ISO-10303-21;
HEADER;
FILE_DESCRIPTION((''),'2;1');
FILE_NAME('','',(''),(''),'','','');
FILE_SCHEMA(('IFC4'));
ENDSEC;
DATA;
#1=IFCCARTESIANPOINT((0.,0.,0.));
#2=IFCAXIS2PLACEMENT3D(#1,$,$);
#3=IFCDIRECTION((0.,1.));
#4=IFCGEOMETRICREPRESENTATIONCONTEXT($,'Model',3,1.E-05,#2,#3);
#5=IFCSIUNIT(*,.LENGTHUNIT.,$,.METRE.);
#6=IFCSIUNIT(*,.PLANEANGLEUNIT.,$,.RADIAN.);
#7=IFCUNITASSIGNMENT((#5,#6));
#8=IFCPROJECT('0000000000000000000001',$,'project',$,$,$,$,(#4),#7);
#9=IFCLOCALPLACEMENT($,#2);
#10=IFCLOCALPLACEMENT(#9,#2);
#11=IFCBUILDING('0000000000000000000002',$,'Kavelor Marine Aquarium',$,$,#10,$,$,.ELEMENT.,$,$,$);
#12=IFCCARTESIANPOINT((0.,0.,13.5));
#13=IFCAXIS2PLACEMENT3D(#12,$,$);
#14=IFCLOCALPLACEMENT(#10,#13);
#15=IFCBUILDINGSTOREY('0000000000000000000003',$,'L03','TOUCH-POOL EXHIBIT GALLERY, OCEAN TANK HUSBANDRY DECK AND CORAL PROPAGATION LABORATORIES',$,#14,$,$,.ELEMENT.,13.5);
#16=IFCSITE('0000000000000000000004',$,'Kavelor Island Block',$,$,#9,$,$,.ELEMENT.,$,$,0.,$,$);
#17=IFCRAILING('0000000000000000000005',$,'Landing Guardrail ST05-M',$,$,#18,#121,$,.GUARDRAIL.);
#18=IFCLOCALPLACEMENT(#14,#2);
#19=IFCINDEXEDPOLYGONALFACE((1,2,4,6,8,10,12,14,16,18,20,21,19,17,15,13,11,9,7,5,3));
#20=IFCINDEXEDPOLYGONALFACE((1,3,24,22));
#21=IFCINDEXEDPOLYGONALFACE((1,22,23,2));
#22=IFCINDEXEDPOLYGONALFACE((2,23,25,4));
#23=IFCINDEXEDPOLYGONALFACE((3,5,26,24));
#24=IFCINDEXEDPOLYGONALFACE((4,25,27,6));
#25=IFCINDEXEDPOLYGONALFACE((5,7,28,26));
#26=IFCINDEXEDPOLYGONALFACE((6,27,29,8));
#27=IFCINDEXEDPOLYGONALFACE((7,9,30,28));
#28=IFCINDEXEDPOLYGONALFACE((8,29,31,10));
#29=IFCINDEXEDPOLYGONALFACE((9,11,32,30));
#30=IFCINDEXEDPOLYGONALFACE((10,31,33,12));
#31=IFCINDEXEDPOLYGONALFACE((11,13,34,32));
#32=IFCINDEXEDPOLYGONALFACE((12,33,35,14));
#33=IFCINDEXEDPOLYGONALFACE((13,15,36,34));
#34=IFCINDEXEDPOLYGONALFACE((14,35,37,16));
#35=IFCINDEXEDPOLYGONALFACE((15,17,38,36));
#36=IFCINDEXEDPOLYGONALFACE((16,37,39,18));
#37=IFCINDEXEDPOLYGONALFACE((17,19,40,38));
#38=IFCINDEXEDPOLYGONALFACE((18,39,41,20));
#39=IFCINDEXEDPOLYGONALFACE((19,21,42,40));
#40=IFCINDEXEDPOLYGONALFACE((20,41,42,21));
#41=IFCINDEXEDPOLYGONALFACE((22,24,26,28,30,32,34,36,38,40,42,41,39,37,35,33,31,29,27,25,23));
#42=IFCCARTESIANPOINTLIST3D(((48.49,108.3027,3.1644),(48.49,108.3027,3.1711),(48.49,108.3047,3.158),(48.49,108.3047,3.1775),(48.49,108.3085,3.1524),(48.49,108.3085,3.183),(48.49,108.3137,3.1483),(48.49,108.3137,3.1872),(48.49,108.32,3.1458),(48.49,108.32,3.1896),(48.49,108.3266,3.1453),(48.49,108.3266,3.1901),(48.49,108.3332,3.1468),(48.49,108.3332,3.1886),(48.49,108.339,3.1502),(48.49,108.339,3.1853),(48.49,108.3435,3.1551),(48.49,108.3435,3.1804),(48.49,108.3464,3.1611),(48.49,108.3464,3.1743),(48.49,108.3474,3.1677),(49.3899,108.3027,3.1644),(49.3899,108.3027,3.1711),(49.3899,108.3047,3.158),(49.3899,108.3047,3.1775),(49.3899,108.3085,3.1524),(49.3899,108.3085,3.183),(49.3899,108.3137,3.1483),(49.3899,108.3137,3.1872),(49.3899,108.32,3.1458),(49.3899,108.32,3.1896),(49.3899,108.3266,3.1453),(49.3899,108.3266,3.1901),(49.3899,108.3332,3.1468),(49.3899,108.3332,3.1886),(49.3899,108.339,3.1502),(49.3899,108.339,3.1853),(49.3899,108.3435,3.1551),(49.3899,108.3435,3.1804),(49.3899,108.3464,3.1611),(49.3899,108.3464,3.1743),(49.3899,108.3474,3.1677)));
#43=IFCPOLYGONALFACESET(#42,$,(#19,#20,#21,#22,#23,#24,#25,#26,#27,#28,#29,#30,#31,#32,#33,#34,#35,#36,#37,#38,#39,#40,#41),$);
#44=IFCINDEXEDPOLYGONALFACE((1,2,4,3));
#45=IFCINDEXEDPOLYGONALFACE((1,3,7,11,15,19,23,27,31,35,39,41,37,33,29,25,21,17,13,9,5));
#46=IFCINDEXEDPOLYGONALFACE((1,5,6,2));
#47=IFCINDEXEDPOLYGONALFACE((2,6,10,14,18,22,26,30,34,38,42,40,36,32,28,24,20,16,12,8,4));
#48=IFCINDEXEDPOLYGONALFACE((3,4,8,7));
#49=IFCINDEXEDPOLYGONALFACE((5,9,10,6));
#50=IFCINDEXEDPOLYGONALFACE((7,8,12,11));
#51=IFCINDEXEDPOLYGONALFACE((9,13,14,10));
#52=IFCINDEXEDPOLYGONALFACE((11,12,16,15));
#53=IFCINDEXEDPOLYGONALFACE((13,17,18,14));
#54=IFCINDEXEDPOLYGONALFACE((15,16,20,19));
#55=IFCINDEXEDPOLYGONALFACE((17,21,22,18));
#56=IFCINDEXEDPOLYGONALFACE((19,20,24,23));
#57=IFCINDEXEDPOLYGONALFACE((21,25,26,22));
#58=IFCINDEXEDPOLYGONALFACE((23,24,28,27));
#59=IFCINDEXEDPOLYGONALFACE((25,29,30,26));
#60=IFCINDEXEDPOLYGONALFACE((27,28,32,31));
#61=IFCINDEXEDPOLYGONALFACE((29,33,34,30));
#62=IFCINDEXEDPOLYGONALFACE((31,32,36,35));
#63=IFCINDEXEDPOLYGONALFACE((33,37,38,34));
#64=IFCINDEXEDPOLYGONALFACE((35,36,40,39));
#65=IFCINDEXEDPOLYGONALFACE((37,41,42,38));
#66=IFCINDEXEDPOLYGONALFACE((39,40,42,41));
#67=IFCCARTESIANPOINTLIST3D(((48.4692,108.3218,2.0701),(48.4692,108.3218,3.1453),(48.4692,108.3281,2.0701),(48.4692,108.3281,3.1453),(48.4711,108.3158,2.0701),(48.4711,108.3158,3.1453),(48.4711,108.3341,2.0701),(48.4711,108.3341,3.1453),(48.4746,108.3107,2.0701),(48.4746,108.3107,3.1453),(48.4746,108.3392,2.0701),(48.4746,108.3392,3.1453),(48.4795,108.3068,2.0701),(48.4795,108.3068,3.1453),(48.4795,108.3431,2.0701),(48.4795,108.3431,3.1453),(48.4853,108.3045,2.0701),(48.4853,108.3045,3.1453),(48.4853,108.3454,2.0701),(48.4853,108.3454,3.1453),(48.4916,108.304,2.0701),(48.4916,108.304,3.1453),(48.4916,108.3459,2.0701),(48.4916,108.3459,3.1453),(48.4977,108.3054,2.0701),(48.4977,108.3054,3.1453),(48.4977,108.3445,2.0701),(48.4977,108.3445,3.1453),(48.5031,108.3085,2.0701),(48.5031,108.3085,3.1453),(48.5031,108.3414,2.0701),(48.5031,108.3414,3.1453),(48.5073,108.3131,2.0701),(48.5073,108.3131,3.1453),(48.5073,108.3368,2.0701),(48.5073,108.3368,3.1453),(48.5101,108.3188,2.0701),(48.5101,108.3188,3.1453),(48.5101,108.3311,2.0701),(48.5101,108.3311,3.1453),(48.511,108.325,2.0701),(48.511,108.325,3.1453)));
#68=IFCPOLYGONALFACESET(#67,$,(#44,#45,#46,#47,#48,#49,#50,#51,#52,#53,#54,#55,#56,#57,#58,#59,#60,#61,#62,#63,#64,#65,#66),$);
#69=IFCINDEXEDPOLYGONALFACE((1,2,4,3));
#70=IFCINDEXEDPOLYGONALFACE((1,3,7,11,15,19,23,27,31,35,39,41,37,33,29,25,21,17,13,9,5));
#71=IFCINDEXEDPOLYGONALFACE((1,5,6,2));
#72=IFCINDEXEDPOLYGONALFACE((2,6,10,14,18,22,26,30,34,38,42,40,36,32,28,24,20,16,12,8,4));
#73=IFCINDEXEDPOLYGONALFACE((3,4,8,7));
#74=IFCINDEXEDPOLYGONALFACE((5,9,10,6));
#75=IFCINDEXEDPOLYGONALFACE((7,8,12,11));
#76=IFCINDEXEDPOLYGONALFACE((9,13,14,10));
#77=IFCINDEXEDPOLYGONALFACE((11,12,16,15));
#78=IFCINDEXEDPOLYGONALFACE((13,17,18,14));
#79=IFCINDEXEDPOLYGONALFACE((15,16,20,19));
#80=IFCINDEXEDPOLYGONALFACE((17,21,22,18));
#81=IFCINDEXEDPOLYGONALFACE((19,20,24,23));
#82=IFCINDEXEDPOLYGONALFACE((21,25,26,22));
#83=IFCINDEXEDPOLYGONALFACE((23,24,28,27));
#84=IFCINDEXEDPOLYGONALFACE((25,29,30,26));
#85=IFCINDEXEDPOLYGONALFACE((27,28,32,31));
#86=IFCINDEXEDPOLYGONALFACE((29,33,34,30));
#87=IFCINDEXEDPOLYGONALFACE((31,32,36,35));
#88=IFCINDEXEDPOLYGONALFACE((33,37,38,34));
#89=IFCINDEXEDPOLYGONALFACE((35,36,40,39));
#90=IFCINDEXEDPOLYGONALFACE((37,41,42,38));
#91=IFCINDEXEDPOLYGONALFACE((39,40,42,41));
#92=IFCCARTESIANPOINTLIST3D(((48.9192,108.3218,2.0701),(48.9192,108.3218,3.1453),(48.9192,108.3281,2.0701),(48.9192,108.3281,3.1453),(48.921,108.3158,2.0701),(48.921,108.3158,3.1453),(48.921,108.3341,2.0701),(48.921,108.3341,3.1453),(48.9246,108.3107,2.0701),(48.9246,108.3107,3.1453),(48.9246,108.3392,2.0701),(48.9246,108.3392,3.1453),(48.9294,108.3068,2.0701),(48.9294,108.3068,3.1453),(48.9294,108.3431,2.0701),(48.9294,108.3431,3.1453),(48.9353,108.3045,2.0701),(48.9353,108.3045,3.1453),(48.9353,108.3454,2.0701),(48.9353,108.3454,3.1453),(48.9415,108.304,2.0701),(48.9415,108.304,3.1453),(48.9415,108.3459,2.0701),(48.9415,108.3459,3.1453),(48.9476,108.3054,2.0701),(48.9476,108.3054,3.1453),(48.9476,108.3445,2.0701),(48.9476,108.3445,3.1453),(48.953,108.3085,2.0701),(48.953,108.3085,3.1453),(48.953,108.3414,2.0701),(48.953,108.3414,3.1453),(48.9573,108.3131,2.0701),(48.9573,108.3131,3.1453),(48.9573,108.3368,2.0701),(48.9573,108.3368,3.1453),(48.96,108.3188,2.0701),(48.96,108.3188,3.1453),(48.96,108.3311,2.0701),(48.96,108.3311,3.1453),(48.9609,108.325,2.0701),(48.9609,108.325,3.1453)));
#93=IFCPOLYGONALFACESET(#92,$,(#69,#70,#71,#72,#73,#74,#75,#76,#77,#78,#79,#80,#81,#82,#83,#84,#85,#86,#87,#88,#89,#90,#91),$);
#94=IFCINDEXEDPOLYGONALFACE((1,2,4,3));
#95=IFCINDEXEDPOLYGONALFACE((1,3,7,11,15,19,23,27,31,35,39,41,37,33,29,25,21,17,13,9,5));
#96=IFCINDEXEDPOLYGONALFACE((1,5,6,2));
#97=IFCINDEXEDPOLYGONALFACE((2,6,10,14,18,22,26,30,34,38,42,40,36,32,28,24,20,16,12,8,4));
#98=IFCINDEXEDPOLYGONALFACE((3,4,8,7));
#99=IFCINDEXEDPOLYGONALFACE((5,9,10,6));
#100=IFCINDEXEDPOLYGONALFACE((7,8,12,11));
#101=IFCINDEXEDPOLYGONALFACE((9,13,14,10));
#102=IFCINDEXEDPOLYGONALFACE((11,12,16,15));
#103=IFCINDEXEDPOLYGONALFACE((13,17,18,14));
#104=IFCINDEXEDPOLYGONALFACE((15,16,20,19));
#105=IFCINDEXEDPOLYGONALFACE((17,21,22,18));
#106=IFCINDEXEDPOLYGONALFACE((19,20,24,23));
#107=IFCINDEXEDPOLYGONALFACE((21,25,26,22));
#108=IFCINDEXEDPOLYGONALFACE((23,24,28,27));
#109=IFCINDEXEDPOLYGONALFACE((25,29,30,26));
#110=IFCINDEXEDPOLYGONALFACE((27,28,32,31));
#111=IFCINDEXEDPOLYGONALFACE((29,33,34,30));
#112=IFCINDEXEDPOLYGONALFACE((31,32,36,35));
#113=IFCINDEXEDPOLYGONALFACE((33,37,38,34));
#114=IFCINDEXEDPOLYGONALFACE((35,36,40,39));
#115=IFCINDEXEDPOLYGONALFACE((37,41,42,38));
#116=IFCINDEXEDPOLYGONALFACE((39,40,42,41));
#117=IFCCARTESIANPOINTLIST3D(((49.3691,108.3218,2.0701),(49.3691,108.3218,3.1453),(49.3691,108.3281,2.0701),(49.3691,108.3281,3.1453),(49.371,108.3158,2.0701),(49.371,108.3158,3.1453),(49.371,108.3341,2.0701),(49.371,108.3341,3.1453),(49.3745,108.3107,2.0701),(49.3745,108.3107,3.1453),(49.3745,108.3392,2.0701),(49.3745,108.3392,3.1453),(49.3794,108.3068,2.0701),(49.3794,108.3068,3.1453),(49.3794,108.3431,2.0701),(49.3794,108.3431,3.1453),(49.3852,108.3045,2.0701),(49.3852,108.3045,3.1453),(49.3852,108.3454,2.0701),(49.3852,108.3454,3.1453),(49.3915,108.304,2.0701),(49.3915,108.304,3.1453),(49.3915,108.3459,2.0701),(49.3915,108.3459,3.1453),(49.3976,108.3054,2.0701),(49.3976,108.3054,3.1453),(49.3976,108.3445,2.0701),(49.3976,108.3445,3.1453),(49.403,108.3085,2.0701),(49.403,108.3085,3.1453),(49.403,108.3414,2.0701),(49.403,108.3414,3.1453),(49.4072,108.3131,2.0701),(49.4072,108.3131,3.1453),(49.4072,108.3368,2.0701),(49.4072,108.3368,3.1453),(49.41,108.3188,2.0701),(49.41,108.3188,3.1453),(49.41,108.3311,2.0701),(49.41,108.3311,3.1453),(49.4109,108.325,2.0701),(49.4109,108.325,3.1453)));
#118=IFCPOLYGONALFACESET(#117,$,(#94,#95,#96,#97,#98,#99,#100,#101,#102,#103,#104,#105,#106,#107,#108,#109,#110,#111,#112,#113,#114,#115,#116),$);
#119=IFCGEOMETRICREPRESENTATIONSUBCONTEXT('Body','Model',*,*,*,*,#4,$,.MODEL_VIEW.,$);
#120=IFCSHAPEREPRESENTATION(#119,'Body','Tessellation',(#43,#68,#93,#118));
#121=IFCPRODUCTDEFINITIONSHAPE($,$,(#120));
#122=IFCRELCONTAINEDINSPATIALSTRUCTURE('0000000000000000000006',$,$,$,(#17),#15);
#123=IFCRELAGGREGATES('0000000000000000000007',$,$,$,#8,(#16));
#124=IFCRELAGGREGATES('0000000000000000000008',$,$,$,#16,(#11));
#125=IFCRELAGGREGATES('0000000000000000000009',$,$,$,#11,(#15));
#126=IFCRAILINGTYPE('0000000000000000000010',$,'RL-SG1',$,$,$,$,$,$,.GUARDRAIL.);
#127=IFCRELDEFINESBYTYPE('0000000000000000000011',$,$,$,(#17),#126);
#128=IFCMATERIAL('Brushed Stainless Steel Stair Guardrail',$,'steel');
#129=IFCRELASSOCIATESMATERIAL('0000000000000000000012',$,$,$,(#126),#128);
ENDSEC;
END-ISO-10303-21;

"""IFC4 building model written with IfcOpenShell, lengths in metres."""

from ifc_helpers import new_model, si_unit, direction, frame, origin, origin_2d, place, context, subcontext, project, spatial, circle, extrude, material, type_object, element, save


model = new_model("IFC4")

# Units and contexts
model_context = context("Model", 3, precision=1e-05, world=origin(), true_north=direction((0.0, 1.0)))
body_context = subcontext(model_context, "Body", "Model", "MODEL_VIEW")
ifc_project = project(units=[si_unit("LENGTHUNIT", "METRE"), si_unit("PLANEANGLEUNIT", "RADIAN")], contexts=[model_context])

# Site, building, storey
site_placement = place(None, origin())
site = spatial("IfcSite", under=ifc_project, at=site_placement, Name="Kavelor Island Block", CompositionType="ELEMENT", RefElevation=0.0)
building_placement = place(site_placement, origin())
building = spatial("IfcBuilding", under=site, at=building_placement, Name="Kavelor Marine Aquarium", CompositionType="ELEMENT")
storey_placement = place(building_placement, frame((0.0, 0.0, 13.5)))
storey = spatial("IfcBuildingStorey", under=building, at=storey_placement, Name="L03", Description="TOUCH-POOL EXHIBIT GALLERY, OCEAN TANK HUSBANDRY DECK AND CORAL PROPAGATION LABORATORIES", CompositionType="ELEMENT", Elevation=13.5)

# Railing
ifc_material_1 = material(Name="Brushed Stainless Steel Stair Guardrail", Category="steel")
railing_type_1 = type_object("IfcRailingType", Name="RL-SG1", PredefinedType="GUARDRAIL", material=ifc_material_1)
railing_1_placement = place(storey_placement, frame((48.49, 108.325, 2.0701)))
element("IfcRailing", 1, at=railing_1_placement, inside=storey, type_object=railing_type_1, Name="Landing Guardrail ST05-M", PredefinedType="GUARDRAIL", context=body_context, shape_type="SweptSolid", body=[
    extrude(circle(Radius=0.0225, at=origin_2d()), frame((0.0, 0.0, 1.0977), z_axis=(1.0, 0.0, 0.0), x_axis=(0.0, 1.0, 0.0)), (0.0, 0.0, 1.0), 0.8999),
    extrude(circle(Radius=0.021, at=origin_2d()), origin(), (0.0, 0.0, 1.0), 1.0752),
    extrude(circle(Radius=0.021, at=origin_2d()), frame((0.45, 0.0, 0.0)), (0.0, 0.0, 1.0), 1.0752),
    extrude(circle(Radius=0.021, at=origin_2d()), frame((0.8999, 0.0, 0.0)), (0.0, 0.0, 1.0), 1.0752),
])

save(model, "model.ifc")
